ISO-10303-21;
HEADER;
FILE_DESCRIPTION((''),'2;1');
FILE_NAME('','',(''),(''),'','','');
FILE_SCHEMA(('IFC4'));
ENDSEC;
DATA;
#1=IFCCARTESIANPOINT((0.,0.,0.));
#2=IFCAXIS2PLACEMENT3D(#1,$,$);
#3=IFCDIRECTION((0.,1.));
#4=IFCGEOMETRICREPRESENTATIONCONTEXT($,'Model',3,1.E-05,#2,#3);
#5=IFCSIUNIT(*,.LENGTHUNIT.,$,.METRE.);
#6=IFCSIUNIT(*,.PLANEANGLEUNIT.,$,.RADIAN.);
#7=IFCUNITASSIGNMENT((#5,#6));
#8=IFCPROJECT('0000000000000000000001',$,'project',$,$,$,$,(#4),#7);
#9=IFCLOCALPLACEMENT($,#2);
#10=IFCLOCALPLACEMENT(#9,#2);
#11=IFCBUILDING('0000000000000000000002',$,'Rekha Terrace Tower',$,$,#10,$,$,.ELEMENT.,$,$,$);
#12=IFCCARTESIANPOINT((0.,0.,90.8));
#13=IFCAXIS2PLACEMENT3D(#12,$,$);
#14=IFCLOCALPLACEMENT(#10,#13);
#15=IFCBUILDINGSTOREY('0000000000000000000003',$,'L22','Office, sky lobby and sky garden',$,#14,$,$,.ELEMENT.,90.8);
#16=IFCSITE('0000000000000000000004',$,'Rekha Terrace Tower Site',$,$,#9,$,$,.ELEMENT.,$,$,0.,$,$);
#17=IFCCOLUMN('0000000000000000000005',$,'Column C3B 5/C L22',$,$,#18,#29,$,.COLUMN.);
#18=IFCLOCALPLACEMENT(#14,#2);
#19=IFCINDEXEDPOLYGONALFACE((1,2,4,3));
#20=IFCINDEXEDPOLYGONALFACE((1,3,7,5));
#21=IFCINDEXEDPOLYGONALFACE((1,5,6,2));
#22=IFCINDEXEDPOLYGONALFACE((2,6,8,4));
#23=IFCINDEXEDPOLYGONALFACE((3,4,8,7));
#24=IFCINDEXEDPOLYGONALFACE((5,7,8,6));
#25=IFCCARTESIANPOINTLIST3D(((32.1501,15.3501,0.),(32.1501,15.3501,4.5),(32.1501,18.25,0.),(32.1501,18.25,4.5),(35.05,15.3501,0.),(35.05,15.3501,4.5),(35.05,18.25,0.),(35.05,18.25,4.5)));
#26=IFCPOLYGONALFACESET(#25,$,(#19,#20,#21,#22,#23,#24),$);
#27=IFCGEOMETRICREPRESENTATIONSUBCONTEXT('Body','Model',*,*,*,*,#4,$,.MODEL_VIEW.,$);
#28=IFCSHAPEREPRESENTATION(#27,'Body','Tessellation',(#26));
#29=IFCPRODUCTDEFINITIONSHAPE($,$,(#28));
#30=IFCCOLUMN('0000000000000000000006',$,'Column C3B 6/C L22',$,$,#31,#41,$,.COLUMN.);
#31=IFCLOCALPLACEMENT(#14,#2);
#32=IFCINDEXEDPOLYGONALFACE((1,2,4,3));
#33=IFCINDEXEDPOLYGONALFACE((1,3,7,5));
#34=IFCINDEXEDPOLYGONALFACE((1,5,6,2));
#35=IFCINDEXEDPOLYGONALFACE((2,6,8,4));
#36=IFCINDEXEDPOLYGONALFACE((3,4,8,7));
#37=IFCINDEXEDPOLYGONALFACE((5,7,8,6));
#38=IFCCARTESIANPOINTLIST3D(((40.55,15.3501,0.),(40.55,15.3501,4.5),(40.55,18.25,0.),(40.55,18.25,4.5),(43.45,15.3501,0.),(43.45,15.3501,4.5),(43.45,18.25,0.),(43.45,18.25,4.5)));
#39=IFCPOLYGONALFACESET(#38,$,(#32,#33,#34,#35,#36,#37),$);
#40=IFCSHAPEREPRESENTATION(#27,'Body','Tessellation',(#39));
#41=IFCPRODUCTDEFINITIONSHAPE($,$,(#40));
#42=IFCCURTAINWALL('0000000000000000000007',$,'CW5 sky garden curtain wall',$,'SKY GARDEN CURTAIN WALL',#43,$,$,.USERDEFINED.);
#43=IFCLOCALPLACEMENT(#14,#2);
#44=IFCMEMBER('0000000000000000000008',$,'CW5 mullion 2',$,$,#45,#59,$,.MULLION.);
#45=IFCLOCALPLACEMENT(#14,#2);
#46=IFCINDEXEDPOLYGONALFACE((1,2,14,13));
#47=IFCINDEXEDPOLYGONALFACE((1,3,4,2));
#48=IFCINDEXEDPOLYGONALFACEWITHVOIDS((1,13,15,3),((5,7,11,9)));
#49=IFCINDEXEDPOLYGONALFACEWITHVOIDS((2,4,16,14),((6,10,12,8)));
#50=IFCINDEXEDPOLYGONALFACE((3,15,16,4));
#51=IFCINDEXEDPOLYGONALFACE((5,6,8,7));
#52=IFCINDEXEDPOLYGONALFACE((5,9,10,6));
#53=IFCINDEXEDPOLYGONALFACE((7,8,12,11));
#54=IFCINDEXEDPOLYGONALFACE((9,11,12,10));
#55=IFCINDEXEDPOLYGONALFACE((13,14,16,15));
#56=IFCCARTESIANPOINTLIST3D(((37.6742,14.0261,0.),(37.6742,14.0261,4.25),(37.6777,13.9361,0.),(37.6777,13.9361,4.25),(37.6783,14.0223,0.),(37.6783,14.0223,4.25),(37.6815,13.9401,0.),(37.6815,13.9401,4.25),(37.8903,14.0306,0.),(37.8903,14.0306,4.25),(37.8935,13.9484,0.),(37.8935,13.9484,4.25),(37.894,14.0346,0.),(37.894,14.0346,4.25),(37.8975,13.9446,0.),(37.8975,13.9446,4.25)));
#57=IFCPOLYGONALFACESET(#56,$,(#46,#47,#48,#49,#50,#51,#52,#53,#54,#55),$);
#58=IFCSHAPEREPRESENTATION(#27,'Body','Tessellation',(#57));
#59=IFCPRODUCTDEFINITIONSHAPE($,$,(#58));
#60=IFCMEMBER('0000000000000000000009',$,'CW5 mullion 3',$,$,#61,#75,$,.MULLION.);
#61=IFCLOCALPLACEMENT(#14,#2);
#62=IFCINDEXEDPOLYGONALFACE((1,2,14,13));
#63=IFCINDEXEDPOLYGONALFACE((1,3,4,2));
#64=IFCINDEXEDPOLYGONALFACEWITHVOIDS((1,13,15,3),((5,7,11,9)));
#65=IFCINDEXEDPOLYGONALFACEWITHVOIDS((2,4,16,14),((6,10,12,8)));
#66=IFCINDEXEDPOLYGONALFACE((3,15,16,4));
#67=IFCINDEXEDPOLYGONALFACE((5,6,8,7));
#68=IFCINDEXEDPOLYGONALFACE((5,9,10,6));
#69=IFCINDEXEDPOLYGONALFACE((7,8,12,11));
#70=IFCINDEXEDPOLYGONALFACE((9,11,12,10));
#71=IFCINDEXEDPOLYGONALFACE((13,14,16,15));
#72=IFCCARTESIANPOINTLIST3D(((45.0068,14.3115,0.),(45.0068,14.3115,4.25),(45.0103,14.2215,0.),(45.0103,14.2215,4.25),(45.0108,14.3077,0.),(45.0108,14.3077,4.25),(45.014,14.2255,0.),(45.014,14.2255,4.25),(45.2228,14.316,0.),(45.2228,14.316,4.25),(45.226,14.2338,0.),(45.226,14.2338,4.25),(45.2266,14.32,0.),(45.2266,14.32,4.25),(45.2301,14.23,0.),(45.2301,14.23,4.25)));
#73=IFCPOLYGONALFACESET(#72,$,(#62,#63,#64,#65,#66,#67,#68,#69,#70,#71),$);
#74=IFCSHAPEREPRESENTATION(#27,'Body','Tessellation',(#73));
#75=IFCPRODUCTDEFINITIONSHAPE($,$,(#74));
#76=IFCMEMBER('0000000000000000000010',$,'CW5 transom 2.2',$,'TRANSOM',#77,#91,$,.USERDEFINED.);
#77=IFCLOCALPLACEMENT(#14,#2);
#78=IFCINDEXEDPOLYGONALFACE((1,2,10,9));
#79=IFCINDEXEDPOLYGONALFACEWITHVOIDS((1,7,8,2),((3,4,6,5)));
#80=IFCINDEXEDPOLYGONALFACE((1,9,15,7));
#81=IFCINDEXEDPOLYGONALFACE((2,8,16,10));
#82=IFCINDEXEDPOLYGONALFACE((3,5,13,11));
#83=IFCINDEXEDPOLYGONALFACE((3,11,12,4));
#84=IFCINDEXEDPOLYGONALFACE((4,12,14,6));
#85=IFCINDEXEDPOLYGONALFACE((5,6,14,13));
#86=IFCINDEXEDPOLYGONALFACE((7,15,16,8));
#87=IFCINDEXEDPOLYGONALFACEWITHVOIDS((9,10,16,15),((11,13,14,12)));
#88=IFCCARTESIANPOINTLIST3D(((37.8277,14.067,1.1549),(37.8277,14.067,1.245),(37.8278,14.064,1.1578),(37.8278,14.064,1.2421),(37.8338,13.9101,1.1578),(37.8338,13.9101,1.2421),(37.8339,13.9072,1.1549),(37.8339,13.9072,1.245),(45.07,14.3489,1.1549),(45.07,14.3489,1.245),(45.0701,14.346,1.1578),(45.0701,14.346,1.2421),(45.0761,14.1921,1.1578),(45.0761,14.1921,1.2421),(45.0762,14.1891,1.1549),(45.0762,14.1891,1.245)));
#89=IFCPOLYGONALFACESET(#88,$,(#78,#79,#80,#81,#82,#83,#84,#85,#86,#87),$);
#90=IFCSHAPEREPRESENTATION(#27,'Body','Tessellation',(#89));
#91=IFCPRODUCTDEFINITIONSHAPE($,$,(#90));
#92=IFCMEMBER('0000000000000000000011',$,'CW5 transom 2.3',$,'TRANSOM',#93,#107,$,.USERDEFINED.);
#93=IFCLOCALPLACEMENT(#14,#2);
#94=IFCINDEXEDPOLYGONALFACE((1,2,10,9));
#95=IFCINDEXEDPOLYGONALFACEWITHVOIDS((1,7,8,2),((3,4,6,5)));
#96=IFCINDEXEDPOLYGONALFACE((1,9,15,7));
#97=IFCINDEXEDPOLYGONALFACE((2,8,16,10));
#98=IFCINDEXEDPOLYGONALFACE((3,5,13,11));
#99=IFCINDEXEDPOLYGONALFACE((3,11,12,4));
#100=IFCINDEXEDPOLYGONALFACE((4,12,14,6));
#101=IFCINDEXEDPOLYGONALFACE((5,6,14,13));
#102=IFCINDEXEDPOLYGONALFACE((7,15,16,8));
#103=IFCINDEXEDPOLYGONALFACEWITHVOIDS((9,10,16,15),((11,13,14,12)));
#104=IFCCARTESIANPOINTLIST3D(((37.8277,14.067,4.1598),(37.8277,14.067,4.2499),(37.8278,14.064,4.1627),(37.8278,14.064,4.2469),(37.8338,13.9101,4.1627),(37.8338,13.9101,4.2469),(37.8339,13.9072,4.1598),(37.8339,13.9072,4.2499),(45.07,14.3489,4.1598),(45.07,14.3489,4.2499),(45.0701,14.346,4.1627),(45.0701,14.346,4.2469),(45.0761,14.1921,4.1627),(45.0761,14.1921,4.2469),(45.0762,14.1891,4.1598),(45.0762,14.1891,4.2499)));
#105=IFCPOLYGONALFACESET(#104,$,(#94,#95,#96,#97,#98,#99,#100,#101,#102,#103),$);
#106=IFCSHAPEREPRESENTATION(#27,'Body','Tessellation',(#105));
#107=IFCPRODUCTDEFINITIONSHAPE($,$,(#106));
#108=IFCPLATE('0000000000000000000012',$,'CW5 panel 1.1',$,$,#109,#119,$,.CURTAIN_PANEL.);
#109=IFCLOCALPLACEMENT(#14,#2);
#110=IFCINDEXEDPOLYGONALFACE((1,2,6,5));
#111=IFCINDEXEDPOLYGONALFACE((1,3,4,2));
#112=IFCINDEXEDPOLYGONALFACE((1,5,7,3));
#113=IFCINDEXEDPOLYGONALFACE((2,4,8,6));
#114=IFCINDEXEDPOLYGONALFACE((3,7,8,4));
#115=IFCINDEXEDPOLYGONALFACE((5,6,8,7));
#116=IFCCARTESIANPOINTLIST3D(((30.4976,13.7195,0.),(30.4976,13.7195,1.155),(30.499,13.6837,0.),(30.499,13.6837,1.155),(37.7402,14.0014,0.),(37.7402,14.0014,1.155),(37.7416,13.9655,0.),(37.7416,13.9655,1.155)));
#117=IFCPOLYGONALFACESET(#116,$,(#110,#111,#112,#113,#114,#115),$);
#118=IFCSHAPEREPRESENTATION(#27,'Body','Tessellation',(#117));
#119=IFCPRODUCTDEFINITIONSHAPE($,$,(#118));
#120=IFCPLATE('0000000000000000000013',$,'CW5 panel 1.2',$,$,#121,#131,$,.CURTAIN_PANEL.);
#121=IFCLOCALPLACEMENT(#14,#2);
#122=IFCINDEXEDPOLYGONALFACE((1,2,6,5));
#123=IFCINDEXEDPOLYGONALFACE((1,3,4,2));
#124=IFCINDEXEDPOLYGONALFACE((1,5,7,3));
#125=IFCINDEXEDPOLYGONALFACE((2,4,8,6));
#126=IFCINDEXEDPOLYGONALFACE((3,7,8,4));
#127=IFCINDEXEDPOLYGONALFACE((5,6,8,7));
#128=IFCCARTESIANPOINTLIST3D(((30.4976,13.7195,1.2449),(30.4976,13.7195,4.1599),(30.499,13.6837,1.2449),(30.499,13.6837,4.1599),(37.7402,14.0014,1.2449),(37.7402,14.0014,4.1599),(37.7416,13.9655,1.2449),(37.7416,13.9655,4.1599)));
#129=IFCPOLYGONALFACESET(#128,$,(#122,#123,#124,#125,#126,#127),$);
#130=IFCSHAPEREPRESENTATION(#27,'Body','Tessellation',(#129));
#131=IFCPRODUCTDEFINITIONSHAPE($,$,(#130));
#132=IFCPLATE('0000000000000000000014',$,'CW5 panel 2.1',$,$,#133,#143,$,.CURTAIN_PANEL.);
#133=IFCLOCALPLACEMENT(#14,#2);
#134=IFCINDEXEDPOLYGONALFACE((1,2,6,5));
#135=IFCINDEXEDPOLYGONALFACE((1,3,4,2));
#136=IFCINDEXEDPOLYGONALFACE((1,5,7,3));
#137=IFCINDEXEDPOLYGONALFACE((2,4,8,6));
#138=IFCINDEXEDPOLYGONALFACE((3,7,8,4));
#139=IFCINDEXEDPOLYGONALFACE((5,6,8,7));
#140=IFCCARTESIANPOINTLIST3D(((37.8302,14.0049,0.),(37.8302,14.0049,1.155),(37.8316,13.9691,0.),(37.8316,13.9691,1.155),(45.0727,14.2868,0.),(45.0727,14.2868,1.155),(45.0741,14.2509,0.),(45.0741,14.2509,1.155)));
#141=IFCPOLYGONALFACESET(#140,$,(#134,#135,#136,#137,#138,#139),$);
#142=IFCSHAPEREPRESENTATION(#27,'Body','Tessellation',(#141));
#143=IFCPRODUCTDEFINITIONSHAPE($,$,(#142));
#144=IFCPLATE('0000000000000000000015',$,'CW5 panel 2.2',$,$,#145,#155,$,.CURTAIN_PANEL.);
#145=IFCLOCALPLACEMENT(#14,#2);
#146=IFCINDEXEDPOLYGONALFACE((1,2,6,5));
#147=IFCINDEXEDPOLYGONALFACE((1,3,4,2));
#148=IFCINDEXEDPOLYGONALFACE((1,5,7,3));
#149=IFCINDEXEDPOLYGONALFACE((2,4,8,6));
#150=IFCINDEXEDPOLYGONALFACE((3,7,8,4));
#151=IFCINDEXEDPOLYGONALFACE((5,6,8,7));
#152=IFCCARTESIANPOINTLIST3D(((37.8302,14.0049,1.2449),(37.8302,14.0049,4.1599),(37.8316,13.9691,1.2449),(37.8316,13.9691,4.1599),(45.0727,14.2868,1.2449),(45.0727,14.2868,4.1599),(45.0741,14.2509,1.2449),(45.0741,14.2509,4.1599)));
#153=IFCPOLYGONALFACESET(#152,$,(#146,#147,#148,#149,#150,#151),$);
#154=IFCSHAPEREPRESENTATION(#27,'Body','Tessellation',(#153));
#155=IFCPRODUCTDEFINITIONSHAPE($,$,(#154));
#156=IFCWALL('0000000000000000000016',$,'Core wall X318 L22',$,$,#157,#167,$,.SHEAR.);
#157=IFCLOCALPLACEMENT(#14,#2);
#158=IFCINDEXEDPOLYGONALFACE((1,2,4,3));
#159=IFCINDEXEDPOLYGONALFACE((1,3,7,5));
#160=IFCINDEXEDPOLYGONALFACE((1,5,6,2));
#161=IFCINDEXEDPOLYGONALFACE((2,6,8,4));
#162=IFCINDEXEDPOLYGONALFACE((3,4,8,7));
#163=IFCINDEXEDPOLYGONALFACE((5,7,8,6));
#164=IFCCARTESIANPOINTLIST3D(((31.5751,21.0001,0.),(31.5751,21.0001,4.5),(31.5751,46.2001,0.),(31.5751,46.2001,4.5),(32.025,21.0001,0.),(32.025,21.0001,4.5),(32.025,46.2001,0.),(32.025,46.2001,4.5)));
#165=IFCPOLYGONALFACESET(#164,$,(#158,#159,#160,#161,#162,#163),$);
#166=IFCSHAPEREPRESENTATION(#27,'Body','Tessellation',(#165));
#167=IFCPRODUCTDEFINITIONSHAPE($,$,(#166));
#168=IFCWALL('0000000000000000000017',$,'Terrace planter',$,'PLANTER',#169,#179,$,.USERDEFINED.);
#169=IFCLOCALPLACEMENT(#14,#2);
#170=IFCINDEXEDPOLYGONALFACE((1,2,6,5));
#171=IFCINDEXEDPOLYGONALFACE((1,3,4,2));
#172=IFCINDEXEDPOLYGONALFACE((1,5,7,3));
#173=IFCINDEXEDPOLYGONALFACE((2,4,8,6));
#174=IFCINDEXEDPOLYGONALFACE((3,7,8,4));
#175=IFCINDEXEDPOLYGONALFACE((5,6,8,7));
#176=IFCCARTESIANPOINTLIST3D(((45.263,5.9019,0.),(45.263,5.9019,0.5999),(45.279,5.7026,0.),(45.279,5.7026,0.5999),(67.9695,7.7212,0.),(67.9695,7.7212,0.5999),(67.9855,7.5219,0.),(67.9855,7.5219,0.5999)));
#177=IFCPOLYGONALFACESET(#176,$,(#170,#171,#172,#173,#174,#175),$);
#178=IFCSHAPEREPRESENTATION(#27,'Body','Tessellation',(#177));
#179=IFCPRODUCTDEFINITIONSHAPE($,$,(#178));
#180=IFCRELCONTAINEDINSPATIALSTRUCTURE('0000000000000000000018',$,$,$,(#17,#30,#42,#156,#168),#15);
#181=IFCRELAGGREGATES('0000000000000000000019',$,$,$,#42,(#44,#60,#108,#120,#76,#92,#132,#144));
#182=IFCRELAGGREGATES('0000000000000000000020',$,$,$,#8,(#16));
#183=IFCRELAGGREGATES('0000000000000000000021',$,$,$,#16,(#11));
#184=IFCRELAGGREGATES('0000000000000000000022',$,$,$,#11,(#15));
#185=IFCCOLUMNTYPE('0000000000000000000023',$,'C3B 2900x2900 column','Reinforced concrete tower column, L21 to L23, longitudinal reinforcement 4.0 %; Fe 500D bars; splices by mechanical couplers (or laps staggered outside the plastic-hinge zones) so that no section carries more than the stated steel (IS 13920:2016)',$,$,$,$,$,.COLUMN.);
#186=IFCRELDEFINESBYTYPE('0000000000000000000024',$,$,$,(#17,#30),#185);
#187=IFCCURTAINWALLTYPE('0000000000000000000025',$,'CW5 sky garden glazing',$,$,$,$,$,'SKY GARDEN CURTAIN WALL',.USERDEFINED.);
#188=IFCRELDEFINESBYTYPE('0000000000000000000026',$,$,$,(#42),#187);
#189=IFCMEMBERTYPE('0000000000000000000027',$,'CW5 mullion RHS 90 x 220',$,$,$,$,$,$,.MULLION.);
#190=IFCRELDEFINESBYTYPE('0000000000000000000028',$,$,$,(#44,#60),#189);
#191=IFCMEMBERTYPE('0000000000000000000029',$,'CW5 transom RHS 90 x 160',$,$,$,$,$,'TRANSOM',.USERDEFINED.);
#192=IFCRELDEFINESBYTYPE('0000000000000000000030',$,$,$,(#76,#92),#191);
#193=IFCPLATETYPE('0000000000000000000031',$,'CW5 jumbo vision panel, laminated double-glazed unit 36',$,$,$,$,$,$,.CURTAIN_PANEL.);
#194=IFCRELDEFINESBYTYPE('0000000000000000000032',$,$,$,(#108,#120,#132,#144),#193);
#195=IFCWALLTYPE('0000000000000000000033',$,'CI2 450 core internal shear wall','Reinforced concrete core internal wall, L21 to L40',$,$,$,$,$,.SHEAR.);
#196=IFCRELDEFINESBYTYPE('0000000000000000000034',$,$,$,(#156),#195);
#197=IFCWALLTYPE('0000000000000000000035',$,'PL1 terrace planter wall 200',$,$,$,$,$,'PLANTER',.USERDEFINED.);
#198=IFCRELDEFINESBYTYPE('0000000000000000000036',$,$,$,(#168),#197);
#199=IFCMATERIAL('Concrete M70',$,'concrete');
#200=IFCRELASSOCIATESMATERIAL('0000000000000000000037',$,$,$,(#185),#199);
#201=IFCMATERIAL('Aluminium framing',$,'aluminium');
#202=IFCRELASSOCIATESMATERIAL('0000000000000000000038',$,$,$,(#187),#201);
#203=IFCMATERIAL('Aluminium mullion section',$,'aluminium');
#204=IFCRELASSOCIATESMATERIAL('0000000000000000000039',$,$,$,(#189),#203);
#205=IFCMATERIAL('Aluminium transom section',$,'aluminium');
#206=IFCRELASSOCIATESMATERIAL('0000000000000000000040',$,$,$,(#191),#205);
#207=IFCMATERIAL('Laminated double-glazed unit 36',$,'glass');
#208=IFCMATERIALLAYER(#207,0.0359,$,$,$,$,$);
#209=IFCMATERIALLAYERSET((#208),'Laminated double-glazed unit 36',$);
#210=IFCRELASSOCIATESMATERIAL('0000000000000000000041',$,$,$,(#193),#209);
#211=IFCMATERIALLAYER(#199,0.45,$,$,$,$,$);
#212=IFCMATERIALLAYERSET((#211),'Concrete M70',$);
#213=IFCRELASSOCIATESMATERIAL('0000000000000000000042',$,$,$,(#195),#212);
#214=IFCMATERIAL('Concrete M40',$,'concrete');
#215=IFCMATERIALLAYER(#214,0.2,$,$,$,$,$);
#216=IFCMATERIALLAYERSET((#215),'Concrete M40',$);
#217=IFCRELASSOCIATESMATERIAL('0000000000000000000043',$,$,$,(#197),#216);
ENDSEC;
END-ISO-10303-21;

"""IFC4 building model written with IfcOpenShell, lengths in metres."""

from ifc_helpers import new_model, si_unit, direction, frame, frame_2d, origin, origin_2d, place, context, subcontext, project, spatial, rectangle, hollow_rectangle, extrude, material, layer, layer_set, material_profile, profile_set, type_object, element, aggregate, save


model = new_model("IFC4")

# Units and contexts
model_context = context("Model", 3, precision=1e-05, world=origin(), true_north=direction((0.0, 1.0)))
body_context = subcontext(model_context, "Body", "Model", "MODEL_VIEW")
ifc_project = project(units=[si_unit("LENGTHUNIT", "METRE"), si_unit("PLANEANGLEUNIT", "RADIAN")], contexts=[model_context])

# Site, building, storey
site_placement = place(None, origin())
site = spatial("IfcSite", under=ifc_project, at=site_placement, Name="Rekha Terrace Tower Site", CompositionType="ELEMENT", RefElevation=0.0)
building_placement = place(site_placement, origin())
building = spatial("IfcBuilding", under=site, at=building_placement, Name="Rekha Terrace Tower", CompositionType="ELEMENT")
storey_placement = place(building_placement, frame((0.0, 0.0, 90.8)))
storey = spatial("IfcBuildingStorey", under=building, at=storey_placement, Name="L22", Description="Office, sky lobby and sky garden", CompositionType="ELEMENT", Elevation=90.8)

# Columns
ifc_material_1 = material(Name="Concrete M70", Category="concrete")
ifc_material_profile_1 = material_profile(ifc_material_1, rectangle(XDim=2.8999, YDim=2.8999, at=origin_2d()), Name="RC 2900x2900")
ifc_profile_set_1 = profile_set([ifc_material_profile_1], Name="Concrete M70")
column_type = type_object("IfcColumnType", Name="C3B 2900x2900 column", Description="Reinforced concrete tower column, L21 to L23, longitudinal reinforcement 4.0 %; Fe 500D bars; splices by mechanical couplers (or laps staggered outside the plastic-hinge zones) so that no section carries more than the stated steel (IS 13920:2016)", PredefinedType="COLUMN", material=ifc_profile_set_1)
for number, where, z_axis, x_axis, name in (
    (1, (33.6001, 16.8, 0.0), (0.0, 0.0, 1.0), (1.0, 0.0, 0.0), "Column C3B 5/C L22"),
    (2, (42.0, 16.8, 0.0), (0.0, 0.0, 1.0), (1.0, 0.0, 0.0), "Column C3B 6/C L22"),
):
    element("IfcColumn", number, at=place(storey_placement, frame(where, z_axis=z_axis, x_axis=x_axis)), inside=storey, type_object=column_type, Name=name, PredefinedType="COLUMN", context=body_context, shape_type="SweptSolid", body=[
        extrude(rectangle(XDim=2.8999, YDim=2.8999, at=origin_2d()), origin(), (0.0, 0.0, 1.0), 4.5),
    ])

# Curtain wall, members, plates
ifc_material_2 = material(Name="Aluminium framing", Category="aluminium")
curtain_wall_type = type_object("IfcCurtainWallType", Name="CW5 sky garden glazing", ElementType="SKY GARDEN CURTAIN WALL", PredefinedType="USERDEFINED", material=ifc_material_2)
curtain_wall_placement = place(storey_placement, origin())
curtain_wall = element("IfcCurtainWall", 3, at=curtain_wall_placement, inside=storey, type_object=curtain_wall_type, Name="CW5 sky garden curtain wall", ObjectType="SKY GARDEN CURTAIN WALL", PredefinedType="USERDEFINED")
ifc_material_3 = material(Name="Aluminium mullion section", Category="aluminium")
ifc_material_profile_2 = material_profile(ifc_material_3, hollow_rectangle(XDim=0.0901, YDim=0.22, WallThickness=0.0039, at=origin_2d()), Name="AL RHS 90x220")
ifc_profile_set_2 = profile_set([ifc_material_profile_2], Name="Aluminium mullion section")
member_type_1 = type_object("IfcMemberType", Name="CW5 mullion RHS 90 x 220", PredefinedType="MULLION", material=ifc_profile_set_2)
member_1_placement = place(storey_placement, frame((37.7859, 13.9854, 0.0), z_axis=(0.0, 0.0, 1.0), x_axis=(-0.03889, 0.999243, 0.0)))
member_1 = element("IfcMember", 4, at=member_1_placement, type_object=member_type_1, Name="CW5 mullion 2", PredefinedType="MULLION", context=body_context, shape_type="SweptSolid", body=[
    extrude(hollow_rectangle(XDim=0.0901, YDim=0.22, WallThickness=0.0039, at=origin_2d()), origin(), (0.0, 0.0, 1.0), 4.25),
])
member_2_placement = place(storey_placement, frame((45.1184, 14.2708, 0.0), z_axis=(0.0, 0.0, 1.0), x_axis=(-0.03889, 0.999243, 0.0)))
member_2 = element("IfcMember", 5, at=member_2_placement, type_object=member_type_1, Name="CW5 mullion 3", PredefinedType="MULLION", context=body_context, shape_type="SweptSolid", body=[
    extrude(hollow_rectangle(XDim=0.0901, YDim=0.22, WallThickness=0.0039, at=origin_2d()), origin(), (0.0, 0.0, 1.0), 4.25),
])
ifc_material_4 = material(Name="Aluminium transom section", Category="aluminium")
ifc_material_profile_3 = material_profile(ifc_material_4, hollow_rectangle(XDim=0.1599, YDim=0.0901, WallThickness=0.0029, at=origin_2d()), Name="AL RHS 160x90")
ifc_profile_set_3 = profile_set([ifc_material_profile_3], Name="Aluminium transom section")
member_type_2 = type_object("IfcMemberType", Name="CW5 transom RHS 90 x 160", ElementType="TRANSOM", PredefinedType="USERDEFINED", material=ifc_profile_set_3)
member_3_placement = place(storey_placement, frame((37.8308, 13.9871, 1.2), z_axis=(0.999243, 0.038905, 0.0), x_axis=(-0.038905, 0.999243, 0.0)))
member_3 = element("IfcMember", 6, at=member_3_placement, type_object=member_type_2, Name="CW5 transom 2.2", ObjectType="TRANSOM", PredefinedType="USERDEFINED", context=body_context, shape_type="SweptSolid", body=[
    extrude(hollow_rectangle(XDim=0.1599, YDim=0.0901, WallThickness=0.0029, at=origin_2d()), origin(), (0.0, 0.0, 1.0), 7.2478),
])
member_4_placement = place(storey_placement, frame((37.8308, 13.9871, 4.2048), z_axis=(0.999243, 0.038905, 0.0), x_axis=(-0.038905, 0.999243, 0.0)))
member_4 = element("IfcMember", 7, at=member_4_placement, type_object=member_type_2, Name="CW5 transom 2.3", ObjectType="TRANSOM", PredefinedType="USERDEFINED", context=body_context, shape_type="SweptSolid", body=[
    extrude(hollow_rectangle(XDim=0.1599, YDim=0.0901, WallThickness=0.0029, at=origin_2d()), origin(), (0.0, 0.0, 1.0), 7.2478),
])
ifc_material_5 = material(Name="Laminated double-glazed unit 36", Category="glass")
ifc_layer_1 = layer(ifc_material_5, 0.0359)
ifc_layer_set_1 = layer_set([ifc_layer_1], Name="Laminated double-glazed unit 36")
plate_type = type_object("IfcPlateType", Name="CW5 jumbo vision panel, laminated double-glazed unit 36", PredefinedType="CURTAIN_PANEL", material=ifc_layer_set_1)
plate_1_placement = place(storey_placement, frame((34.1196, 13.8425, 0.0), z_axis=(0.0, 0.0, 1.0), x_axis=(0.999243, 0.03889, 0.0)))
plate_1 = element("IfcPlate", 8, at=plate_1_placement, type_object=plate_type, Name="CW5 panel 1.1", PredefinedType="CURTAIN_PANEL", context=body_context, shape_type="SweptSolid", body=[
    extrude(rectangle(XDim=7.248, YDim=0.0359, at=origin_2d()), origin(), (0.0, 0.0, 1.0), 1.155),
])
plate_2_placement = place(storey_placement, frame((34.1196, 13.8425, 1.2449), z_axis=(0.0, 0.0, 1.0), x_axis=(0.999243, 0.03889, 0.0)))
plate_2 = element("IfcPlate", 9, at=plate_2_placement, type_object=plate_type, Name="CW5 panel 1.2", PredefinedType="CURTAIN_PANEL", context=body_context, shape_type="SweptSolid", body=[
    extrude(rectangle(XDim=7.248, YDim=0.0359, at=origin_2d()), origin(), (0.0, 0.0, 1.0), 2.915),
])
plate_3_placement = place(storey_placement, frame((41.4521, 14.1279, 0.0), z_axis=(0.0, 0.0, 1.0), x_axis=(0.999243, 0.03889, 0.0)))
plate_3 = element("IfcPlate", 10, at=plate_3_placement, type_object=plate_type, Name="CW5 panel 2.1", PredefinedType="CURTAIN_PANEL", context=body_context, shape_type="SweptSolid", body=[
    extrude(rectangle(XDim=7.248, YDim=0.0359, at=origin_2d()), origin(), (0.0, 0.0, 1.0), 1.155),
])
plate_4_placement = place(storey_placement, frame((41.4521, 14.1279, 1.2449), z_axis=(0.0, 0.0, 1.0), x_axis=(0.999243, 0.03889, 0.0)))
plate_4 = element("IfcPlate", 11, at=plate_4_placement, type_object=plate_type, Name="CW5 panel 2.2", PredefinedType="CURTAIN_PANEL", context=body_context, shape_type="SweptSolid", body=[
    extrude(rectangle(XDim=7.248, YDim=0.0359, at=origin_2d()), origin(), (0.0, 0.0, 1.0), 2.915),
])
aggregate(curtain_wall, [member_1, member_2, plate_1, plate_2, member_3, member_4, plate_3, plate_4])

# Wall
ifc_layer_2 = layer(ifc_material_1, 0.45)
ifc_layer_set_2 = layer_set([ifc_layer_2], Name="Concrete M70")
wall_type_1 = type_object("IfcWallType", Name="CI2 450 core internal shear wall", Description="Reinforced concrete core internal wall, L21 to L40", PredefinedType="SHEAR", material=ifc_layer_set_2)
wall_1_placement = place(storey_placement, frame((31.8, 21.0, 0.0), z_axis=(0.0, 0.0, 1.0), x_axis=(0.0, 1.0, 0.0)))
element("IfcWall", 12, at=wall_1_placement, inside=storey, type_object=wall_type_1, Name="Core wall X318 L22", PredefinedType="SHEAR", context=body_context, shape_type="SweptSolid", body=[
    extrude(rectangle(XDim=25.2, YDim=0.45, at=frame_2d((12.6001, 0.0))), origin(), (0.0, 0.0, 1.0), 4.5),
])

# Wall
ifc_material_6 = material(Name="Concrete M40", Category="concrete")
ifc_layer_3 = layer(ifc_material_6, 0.2)
ifc_layer_set_3 = layer_set([ifc_layer_3], Name="Concrete M40")
wall_type_2 = type_object("IfcWallType", Name="PL1 terrace planter wall 200", ElementType="PLANTER", PredefinedType="USERDEFINED", material=ifc_layer_set_3)
wall_2_placement = place(storey_placement, frame((45.271, 5.8022, 0.0), z_axis=(0.0, 0.0, 1.0), x_axis=(0.996805, 0.079868, 0.0)))
element("IfcWall", 13, at=wall_2_placement, inside=storey, type_object=wall_type_2, Name="Terrace planter", ObjectType="PLANTER", PredefinedType="USERDEFINED", context=body_context, shape_type="SweptSolid", body=[
    extrude(rectangle(XDim=22.7793, YDim=0.2, at=frame_2d((11.3896, 0.0))), origin(), (0.0, 0.0, 1.0), 0.5999),
])

save(model, "model.ifc")
